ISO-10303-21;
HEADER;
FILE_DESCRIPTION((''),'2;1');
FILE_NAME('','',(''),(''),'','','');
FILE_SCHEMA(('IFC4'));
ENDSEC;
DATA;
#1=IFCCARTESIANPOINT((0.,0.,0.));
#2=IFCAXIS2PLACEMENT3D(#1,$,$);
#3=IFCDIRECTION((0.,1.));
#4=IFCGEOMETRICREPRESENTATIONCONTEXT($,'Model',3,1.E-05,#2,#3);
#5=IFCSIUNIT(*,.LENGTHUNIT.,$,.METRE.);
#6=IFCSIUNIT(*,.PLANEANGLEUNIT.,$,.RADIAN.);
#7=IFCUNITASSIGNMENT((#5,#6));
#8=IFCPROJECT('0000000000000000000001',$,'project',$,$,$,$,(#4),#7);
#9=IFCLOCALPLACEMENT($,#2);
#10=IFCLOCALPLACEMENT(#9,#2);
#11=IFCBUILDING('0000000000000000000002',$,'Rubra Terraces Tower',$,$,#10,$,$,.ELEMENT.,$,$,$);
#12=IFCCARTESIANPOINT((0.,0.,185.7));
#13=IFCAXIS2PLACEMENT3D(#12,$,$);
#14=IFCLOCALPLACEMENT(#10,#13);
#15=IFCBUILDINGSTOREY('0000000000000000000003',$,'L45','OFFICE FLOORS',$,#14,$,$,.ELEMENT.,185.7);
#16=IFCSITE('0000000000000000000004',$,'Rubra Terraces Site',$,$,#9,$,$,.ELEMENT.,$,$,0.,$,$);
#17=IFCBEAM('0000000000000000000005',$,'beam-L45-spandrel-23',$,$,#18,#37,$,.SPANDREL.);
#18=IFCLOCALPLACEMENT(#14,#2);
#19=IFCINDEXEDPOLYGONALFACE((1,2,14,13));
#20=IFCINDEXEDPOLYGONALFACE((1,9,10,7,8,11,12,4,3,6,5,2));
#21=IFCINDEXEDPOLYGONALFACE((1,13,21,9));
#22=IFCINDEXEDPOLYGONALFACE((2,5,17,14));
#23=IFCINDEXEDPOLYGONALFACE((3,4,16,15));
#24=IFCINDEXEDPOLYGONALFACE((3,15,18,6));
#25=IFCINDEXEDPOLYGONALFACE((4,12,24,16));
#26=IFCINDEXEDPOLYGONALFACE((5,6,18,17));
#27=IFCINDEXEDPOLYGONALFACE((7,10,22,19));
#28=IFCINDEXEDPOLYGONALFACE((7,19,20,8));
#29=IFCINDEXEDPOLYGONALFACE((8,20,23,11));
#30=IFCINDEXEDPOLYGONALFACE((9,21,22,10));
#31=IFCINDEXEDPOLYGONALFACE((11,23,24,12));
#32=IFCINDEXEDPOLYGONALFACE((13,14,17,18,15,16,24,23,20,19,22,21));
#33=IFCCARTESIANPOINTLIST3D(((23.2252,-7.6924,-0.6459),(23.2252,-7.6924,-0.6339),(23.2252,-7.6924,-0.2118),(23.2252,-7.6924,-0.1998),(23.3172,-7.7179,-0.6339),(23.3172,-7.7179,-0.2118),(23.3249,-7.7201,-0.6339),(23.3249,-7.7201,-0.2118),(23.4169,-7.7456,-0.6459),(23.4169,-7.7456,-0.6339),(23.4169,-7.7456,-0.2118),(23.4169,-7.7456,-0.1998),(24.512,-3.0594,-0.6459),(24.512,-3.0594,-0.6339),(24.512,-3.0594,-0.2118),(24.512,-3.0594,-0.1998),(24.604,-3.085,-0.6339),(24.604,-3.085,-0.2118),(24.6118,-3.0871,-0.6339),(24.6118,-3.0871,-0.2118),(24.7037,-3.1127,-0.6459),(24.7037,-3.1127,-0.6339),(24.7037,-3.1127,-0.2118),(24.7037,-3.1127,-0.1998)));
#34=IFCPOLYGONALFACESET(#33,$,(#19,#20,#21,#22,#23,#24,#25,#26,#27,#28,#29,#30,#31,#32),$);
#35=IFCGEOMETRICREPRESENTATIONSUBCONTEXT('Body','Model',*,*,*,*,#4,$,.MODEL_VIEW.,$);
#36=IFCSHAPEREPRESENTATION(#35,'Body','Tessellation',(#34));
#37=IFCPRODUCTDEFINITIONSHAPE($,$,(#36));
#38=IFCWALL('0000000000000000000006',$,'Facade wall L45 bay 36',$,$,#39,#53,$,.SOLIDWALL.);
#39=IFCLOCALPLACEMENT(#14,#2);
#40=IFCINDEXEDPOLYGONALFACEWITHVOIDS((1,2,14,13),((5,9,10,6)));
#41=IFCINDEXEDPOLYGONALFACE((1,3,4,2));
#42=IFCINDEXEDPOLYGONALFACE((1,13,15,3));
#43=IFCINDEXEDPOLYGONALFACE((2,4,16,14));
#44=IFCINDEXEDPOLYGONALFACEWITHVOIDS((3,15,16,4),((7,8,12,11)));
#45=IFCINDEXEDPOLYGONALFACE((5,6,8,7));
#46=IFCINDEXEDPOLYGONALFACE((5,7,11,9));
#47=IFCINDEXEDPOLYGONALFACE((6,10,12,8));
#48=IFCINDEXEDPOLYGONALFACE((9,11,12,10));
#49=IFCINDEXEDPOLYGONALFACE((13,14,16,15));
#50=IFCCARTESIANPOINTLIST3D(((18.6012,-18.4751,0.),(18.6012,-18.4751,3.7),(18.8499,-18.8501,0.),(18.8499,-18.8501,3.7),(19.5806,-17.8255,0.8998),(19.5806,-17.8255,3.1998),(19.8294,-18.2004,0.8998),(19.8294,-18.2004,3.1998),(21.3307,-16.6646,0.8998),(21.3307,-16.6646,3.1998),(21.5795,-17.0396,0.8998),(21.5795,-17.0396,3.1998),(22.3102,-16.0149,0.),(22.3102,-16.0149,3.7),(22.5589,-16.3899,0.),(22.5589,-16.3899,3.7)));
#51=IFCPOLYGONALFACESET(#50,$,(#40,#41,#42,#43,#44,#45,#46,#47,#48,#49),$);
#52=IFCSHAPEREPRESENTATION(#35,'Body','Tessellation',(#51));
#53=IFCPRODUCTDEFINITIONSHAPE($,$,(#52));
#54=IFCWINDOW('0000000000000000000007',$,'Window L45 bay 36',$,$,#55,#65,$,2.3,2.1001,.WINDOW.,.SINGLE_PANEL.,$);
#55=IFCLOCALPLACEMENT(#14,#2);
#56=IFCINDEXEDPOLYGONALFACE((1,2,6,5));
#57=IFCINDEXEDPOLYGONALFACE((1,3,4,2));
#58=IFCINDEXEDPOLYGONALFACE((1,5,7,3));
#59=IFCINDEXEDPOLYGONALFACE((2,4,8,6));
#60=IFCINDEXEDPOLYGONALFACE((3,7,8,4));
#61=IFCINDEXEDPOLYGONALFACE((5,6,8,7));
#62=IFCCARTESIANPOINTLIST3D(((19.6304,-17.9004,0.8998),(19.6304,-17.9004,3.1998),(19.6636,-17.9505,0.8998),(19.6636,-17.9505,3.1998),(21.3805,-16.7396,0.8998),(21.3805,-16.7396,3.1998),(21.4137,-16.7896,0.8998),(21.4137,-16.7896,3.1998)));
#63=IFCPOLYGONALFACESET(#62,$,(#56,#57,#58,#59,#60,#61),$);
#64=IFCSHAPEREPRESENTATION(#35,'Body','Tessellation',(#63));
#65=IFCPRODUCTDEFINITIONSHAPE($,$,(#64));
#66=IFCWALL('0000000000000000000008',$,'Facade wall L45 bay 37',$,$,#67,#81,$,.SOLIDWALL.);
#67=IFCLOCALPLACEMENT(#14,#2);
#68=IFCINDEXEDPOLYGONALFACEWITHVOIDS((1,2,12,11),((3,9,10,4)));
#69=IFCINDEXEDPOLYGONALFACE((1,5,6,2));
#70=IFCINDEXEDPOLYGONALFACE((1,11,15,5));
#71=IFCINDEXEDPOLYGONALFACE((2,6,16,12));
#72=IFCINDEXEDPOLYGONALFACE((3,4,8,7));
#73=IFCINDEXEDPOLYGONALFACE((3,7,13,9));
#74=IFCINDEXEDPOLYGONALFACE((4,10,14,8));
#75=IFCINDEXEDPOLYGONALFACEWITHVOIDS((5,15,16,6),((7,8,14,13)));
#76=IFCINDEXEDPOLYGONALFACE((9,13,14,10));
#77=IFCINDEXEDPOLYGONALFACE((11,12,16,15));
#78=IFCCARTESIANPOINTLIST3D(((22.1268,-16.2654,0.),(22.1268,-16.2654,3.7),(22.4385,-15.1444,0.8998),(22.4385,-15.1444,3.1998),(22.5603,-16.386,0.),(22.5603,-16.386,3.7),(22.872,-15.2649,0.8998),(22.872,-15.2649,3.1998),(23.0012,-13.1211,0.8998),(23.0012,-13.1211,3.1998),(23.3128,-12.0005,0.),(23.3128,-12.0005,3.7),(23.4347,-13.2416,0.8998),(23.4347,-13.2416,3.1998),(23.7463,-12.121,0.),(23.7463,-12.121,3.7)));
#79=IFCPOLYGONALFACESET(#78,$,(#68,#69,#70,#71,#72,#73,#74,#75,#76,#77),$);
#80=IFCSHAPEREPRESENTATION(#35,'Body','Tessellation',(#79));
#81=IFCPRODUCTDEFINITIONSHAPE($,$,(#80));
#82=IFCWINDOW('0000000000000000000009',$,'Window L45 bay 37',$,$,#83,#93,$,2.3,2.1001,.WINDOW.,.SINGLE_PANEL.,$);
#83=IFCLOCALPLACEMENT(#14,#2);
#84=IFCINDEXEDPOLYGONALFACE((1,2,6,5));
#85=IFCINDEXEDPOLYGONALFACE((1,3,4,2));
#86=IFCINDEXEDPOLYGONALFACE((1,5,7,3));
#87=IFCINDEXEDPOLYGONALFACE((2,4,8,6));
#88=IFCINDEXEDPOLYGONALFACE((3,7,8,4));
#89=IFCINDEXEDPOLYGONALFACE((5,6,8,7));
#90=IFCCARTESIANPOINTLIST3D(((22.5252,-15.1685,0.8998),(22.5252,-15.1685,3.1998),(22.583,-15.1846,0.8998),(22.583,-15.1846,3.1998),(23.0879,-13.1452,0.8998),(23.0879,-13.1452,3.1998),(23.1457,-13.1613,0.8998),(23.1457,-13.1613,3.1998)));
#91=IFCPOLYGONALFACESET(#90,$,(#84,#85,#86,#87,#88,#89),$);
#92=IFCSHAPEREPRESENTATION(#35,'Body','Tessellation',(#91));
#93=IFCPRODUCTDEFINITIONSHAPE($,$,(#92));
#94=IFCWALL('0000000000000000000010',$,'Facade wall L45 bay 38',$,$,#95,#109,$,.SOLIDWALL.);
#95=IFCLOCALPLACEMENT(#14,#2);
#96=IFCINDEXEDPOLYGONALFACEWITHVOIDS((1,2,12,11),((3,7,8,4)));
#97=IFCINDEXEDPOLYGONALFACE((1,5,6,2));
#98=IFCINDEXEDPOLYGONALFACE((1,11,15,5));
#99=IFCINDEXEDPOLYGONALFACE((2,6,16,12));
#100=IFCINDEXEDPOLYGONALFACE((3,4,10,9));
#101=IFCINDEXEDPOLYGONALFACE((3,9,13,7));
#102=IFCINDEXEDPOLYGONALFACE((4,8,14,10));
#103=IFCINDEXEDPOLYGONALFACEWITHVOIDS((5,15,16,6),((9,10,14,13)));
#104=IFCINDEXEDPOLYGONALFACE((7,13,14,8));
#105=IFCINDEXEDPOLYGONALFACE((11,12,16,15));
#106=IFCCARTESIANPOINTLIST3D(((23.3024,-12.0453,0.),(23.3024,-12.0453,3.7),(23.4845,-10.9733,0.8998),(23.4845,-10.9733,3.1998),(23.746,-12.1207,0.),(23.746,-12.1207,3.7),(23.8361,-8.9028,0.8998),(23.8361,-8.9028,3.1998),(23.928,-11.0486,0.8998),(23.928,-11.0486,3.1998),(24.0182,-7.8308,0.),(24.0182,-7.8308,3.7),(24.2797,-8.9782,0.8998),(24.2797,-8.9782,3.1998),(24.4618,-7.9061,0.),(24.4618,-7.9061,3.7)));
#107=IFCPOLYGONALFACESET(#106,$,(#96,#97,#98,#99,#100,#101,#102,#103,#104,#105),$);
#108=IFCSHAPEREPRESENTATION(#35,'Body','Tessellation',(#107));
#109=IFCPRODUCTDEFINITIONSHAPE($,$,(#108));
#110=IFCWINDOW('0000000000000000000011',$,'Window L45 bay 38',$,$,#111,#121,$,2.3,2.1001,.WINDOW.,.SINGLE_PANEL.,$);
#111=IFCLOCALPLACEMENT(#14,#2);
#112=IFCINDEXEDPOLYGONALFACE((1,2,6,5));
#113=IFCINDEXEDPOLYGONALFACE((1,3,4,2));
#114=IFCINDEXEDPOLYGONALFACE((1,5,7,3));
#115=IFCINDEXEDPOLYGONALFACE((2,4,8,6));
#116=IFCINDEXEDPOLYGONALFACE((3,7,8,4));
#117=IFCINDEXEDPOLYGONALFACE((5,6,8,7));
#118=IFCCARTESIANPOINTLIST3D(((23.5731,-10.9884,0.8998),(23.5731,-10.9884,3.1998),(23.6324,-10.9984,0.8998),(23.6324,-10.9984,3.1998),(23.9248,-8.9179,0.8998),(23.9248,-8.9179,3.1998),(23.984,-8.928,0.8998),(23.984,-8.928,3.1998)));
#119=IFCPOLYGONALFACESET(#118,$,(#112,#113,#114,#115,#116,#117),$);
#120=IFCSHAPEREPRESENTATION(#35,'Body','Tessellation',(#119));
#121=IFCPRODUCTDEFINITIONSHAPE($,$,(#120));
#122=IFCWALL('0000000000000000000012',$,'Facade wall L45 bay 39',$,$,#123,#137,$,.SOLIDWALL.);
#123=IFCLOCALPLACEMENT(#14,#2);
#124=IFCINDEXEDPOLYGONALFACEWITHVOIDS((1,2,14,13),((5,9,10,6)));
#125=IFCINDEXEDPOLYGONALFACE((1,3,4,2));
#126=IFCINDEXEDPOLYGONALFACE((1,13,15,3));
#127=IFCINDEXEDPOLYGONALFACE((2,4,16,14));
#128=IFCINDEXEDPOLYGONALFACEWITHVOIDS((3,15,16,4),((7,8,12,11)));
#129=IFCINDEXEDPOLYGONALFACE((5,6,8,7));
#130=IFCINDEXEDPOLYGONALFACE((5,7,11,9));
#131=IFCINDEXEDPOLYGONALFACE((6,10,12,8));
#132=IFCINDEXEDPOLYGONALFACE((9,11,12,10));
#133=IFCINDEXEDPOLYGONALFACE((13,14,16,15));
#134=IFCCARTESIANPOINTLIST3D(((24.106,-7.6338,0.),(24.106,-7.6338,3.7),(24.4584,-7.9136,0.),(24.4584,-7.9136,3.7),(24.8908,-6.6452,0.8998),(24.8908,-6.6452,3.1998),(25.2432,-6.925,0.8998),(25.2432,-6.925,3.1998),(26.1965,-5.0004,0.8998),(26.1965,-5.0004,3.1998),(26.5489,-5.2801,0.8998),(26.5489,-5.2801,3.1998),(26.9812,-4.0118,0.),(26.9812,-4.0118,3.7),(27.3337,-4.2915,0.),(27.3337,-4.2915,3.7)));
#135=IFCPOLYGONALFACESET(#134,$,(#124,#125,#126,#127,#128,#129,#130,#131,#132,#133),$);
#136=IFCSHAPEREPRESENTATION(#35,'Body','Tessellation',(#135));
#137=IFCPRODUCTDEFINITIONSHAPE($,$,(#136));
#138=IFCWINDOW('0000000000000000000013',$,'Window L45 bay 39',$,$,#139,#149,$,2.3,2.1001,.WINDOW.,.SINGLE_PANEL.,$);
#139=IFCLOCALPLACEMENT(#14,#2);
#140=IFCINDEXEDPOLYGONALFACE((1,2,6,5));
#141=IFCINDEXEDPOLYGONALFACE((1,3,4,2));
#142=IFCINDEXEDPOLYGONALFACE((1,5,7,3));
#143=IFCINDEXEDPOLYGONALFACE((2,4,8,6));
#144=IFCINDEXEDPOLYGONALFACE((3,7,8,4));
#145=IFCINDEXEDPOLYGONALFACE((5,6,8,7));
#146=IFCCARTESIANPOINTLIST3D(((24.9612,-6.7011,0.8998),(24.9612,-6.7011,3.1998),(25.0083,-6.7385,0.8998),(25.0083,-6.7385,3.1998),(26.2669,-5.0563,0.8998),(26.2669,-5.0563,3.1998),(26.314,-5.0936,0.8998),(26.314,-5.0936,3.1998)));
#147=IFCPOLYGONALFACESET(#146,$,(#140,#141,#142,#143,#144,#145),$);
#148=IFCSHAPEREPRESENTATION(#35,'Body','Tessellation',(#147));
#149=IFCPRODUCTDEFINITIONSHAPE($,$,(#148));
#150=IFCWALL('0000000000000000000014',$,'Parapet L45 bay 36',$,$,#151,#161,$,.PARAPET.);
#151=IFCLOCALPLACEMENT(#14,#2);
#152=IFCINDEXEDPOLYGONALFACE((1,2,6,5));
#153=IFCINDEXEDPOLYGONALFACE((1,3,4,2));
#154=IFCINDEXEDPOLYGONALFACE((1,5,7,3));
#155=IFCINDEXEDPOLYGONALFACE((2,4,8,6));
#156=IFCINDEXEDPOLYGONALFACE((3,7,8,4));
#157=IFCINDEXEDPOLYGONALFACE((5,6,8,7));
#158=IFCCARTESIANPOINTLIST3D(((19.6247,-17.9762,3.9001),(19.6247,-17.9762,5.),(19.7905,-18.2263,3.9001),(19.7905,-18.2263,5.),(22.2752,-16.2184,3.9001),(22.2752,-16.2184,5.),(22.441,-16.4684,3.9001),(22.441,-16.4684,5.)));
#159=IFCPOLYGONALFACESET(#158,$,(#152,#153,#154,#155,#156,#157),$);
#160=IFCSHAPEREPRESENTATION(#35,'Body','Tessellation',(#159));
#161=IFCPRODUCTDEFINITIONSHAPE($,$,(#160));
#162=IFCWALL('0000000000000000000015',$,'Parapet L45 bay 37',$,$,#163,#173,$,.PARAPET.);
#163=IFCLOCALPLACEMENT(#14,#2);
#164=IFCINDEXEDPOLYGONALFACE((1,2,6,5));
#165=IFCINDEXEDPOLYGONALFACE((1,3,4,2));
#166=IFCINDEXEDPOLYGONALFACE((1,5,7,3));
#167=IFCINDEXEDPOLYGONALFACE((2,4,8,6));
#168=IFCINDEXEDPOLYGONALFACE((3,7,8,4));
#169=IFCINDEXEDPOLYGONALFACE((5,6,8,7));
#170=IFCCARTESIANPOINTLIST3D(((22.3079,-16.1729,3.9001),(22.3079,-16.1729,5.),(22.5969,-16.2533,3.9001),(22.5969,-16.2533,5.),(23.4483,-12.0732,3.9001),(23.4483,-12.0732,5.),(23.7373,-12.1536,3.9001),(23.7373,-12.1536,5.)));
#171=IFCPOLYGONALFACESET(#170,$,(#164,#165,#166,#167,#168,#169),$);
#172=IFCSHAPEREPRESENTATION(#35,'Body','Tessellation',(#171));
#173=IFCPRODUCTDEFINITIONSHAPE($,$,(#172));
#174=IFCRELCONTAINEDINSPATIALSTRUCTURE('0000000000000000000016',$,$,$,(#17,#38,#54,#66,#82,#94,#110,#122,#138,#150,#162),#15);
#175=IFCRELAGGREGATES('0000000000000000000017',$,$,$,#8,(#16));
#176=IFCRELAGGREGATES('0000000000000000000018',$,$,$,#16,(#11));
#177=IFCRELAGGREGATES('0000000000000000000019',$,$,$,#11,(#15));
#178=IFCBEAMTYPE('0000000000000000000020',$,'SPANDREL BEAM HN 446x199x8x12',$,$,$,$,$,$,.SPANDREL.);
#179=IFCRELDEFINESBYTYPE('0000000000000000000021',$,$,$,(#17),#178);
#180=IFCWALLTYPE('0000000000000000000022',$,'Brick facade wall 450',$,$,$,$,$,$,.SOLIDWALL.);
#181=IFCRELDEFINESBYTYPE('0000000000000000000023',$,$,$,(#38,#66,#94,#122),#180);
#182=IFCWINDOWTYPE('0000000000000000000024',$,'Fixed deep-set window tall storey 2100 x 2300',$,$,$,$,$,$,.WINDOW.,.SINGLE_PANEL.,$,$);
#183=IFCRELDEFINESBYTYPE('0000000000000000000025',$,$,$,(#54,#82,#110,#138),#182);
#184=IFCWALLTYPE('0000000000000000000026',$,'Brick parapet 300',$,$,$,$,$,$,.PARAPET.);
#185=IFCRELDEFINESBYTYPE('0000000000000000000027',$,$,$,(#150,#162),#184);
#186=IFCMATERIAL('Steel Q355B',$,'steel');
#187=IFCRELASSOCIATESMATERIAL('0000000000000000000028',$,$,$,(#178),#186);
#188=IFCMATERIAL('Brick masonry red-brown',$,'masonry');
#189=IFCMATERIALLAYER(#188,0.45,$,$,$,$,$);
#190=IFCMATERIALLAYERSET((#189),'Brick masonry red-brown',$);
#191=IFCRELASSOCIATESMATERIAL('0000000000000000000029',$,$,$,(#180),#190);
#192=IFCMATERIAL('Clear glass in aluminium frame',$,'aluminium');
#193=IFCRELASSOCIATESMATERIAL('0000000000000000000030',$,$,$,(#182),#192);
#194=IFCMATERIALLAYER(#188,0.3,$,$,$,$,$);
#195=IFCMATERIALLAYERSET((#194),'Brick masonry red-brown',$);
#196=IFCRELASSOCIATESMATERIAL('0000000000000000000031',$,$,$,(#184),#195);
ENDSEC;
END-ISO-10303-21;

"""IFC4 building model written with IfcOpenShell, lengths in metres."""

from ifc_helpers import new_model, si_unit, direction, frame, frame_2d, origin, origin_2d, place, context, subcontext, project, spatial, rectangle, i_section, extrude, material, layer, layer_set, material_profile, profile_set, type_object, element, fill, save


model = new_model("IFC4")

# Units and contexts
model_context = context("Model", 3, precision=1e-05, world=origin(), true_north=direction((0.0, 1.0)))
body_context = subcontext(model_context, "Body", "Model", "MODEL_VIEW")
ifc_project = project(units=[si_unit("LENGTHUNIT", "METRE"), si_unit("PLANEANGLEUNIT", "RADIAN")], contexts=[model_context])

# Site, building, storey
site_placement = place(None, origin())
site = spatial("IfcSite", under=ifc_project, at=site_placement, Name="Rubra Terraces Site", CompositionType="ELEMENT", RefElevation=0.0)
building_placement = place(site_placement, origin())
building = spatial("IfcBuilding", under=site, at=building_placement, Name="Rubra Terraces Tower", CompositionType="ELEMENT")
storey_placement = place(building_placement, frame((0.0, 0.0, 185.7)))
storey = spatial("IfcBuildingStorey", under=building, at=storey_placement, Name="L45", Description="OFFICE FLOORS", CompositionType="ELEMENT", Elevation=185.7)

# Beam
ifc_material_1 = material(Name="Steel Q355B", Category="steel")
ifc_material_profile_1 = material_profile(ifc_material_1, i_section(OverallWidth=0.199, OverallDepth=0.446, WebThickness=0.0081, FlangeThickness=0.012, at=origin_2d()), Name="HN 446x199x8x12")
ifc_profile_set_1 = profile_set([ifc_material_profile_1], Name="Steel Q355B")
beam_type_1 = type_object("IfcBeamType", Name="SPANDREL BEAM HN 446x199x8x12", PredefinedType="SPANDREL", material=ifc_profile_set_1)
beam_1_placement = place(storey_placement, frame((23.321, -7.719, -0.4229), z_axis=(0.267626, 0.963523, 0.0), x_axis=(-0.963523, 0.267626, 0.0)))
element("IfcBeam", 1, at=beam_1_placement, inside=storey, type_object=beam_type_1, Name="beam-L45-spandrel-23", PredefinedType="SPANDREL", context=body_context, shape_type="SweptSolid", body=[
    extrude(i_section(OverallWidth=0.199, OverallDepth=0.446, WebThickness=0.0081, FlangeThickness=0.012, at=origin_2d()), origin(), (0.0, 0.0, 1.0), 4.8083),
])

# Walls, openings, windows
ifc_material_2 = material(Name="Brick masonry red-brown", Category="masonry")
ifc_layer_1 = layer(ifc_material_2, 0.45)
ifc_layer_set_1 = layer_set([ifc_layer_1], Name="Brick masonry red-brown")
wall_type_1 = type_object("IfcWallType", Name="Brick facade wall 450", PredefinedType="SOLIDWALL", material=ifc_layer_set_1)
wall_1_placement = place(storey_placement, frame((18.7256, -18.6626, 0.0), z_axis=(0.0, 0.0, 1.0), x_axis=(0.833339, 0.552762, 0.0)))
wall_1 = element("IfcWall", 2, at=wall_1_placement, inside=storey, type_object=wall_type_1, Name="Facade wall L45 bay 36", PredefinedType="SOLIDWALL", context=body_context, shape_type="SweptSolid", body=[
    extrude(rectangle(XDim=4.4507, YDim=0.45, at=frame_2d((2.2253, 0.0))), origin(), (0.0, 0.0, 1.0), 3.7),
])
opening_1_placement = place(wall_1_placement, frame((1.1753, 0.0, 0.8999)))
opening_1 = element("IfcOpeningElement", 3, at=opening_1_placement, cuts=wall_1, PredefinedType="OPENING", context=body_context, shape_type="SweptSolid", body=[
    extrude(rectangle(XDim=2.1001, YDim=2.3, at=frame_2d((1.05, 1.1499))), frame((0.0, 0.2349, 0.0), z_axis=(0.0, -1.0, 0.0), x_axis=(1.0, 0.0, 0.0)), (0.0, 0.0, 1.0), 0.47),
])
ifc_material_3 = material(Name="Clear glass in aluminium frame", Category="aluminium")
window_type = type_object("IfcWindowType", Name="Fixed deep-set window tall storey 2100 x 2300", PartitioningType="SINGLE_PANEL", PredefinedType="WINDOW", material=ifc_material_3)
window_1_placement = place(opening_1_placement, origin())
window_1 = element("IfcWindow", 4, at=window_1_placement, inside=storey, type_object=window_type, Name="Window L45 bay 36", OverallHeight=2.3, OverallWidth=2.1001, PartitioningType="SINGLE_PANEL", PredefinedType="WINDOW", context=body_context, shape_type="SweptSolid", body=[
    extrude(rectangle(XDim=2.1001, YDim=2.3, at=frame_2d((1.05, 1.1499))), frame((0.0, 0.135, 0.0), z_axis=(0.0, -1.0, 0.0), x_axis=(1.0, 0.0, 0.0)), (0.0, 0.0, 1.0), 0.0601),
])
fill(opening_1, window_1)
wall_2_placement = place(storey_placement, frame((22.3435, -16.3257, 0.0), z_axis=(0.0, 0.0, 1.0), x_axis=(0.267925, 0.96344, 0.0)))
wall_2 = element("IfcWall", 5, at=wall_2_placement, inside=storey, type_object=wall_type_1, Name="Facade wall L45 bay 37", PredefinedType="SOLIDWALL", context=body_context, shape_type="SweptSolid", body=[
    extrude(rectangle(XDim=4.4268, YDim=0.45, at=frame_2d((2.2134, 0.0))), origin(), (0.0, 0.0, 1.0), 3.7),
])
opening_2_placement = place(wall_2_placement, frame((1.1636, 0.0, 0.8999)))
opening_2 = element("IfcOpeningElement", 6, at=opening_2_placement, cuts=wall_2, PredefinedType="OPENING", context=body_context, shape_type="SweptSolid", body=[
    extrude(rectangle(XDim=2.1001, YDim=2.3, at=frame_2d((1.05, 1.1499))), frame((0.0, 0.2349, 0.0), z_axis=(0.0, -1.0, 0.0), x_axis=(1.0, 0.0, 0.0)), (0.0, 0.0, 1.0), 0.47),
])
window_2_placement = place(opening_2_placement, origin())
window_2 = element("IfcWindow", 7, at=window_2_placement, inside=storey, type_object=window_type, Name="Window L45 bay 37", OverallHeight=2.3, OverallWidth=2.1001, PartitioningType="SINGLE_PANEL", PredefinedType="WINDOW", context=body_context, shape_type="SweptSolid", body=[
    extrude(rectangle(XDim=2.1001, YDim=2.3, at=frame_2d((1.05, 1.1499))), frame((0.0, 0.135, 0.0), z_axis=(0.0, -1.0, 0.0), x_axis=(1.0, 0.0, 0.0)), (0.0, 0.0, 1.0), 0.0601),
])
fill(opening_2, window_2)
wall_3_placement = place(storey_placement, frame((23.5242, -12.083, 0.0), z_axis=(0.0, 0.0, 1.0), x_axis=(0.167445, 0.985881, 0.0)))
wall_3 = element("IfcWall", 8, at=wall_3_placement, inside=storey, type_object=wall_type_1, Name="Facade wall L45 bay 38", PredefinedType="SOLIDWALL", context=body_context, shape_type="SweptSolid", body=[
    extrude(rectangle(XDim=4.2749, YDim=0.45, at=frame_2d((2.1375, 0.0))), origin(), (0.0, 0.0, 1.0), 3.7),
])
opening_3_placement = place(wall_3_placement, frame((1.0874, 0.0, 0.8999)))
opening_3 = element("IfcOpeningElement", 9, at=opening_3_placement, cuts=wall_3, PredefinedType="OPENING", context=body_context, shape_type="SweptSolid", body=[
    extrude(rectangle(XDim=2.1001, YDim=2.3, at=frame_2d((1.05, 1.1499))), frame((0.0, 0.2349, 0.0), z_axis=(0.0, -1.0, 0.0), x_axis=(1.0, 0.0, 0.0)), (0.0, 0.0, 1.0), 0.47),
])
window_3_placement = place(opening_3_placement, origin())
window_3 = element("IfcWindow", 10, at=window_3_placement, inside=storey, type_object=window_type, Name="Window L45 bay 38", OverallHeight=2.3, OverallWidth=2.1001, PartitioningType="SINGLE_PANEL", PredefinedType="WINDOW", context=body_context, shape_type="SweptSolid", body=[
    extrude(rectangle(XDim=2.1001, YDim=2.3, at=frame_2d((1.05, 1.1499))), frame((0.0, 0.135, 0.0), z_axis=(0.0, -1.0, 0.0), x_axis=(1.0, 0.0, 0.0)), (0.0, 0.0, 1.0), 0.0601),
])
fill(opening_3, window_3)
wall_4_placement = place(storey_placement, frame((24.2822, -7.7737, 0.0), z_axis=(0.0, 0.0, 1.0), x_axis=(0.621735, 0.783227, 0.0)))
wall_4 = element("IfcWall", 11, at=wall_4_placement, inside=storey, type_object=wall_type_1, Name="Facade wall L45 bay 39", PredefinedType="SOLIDWALL", context=body_context, shape_type="SweptSolid", body=[
    extrude(rectangle(XDim=4.6245, YDim=0.45, at=frame_2d((2.3123, 0.0))), origin(), (0.0, 0.0, 1.0), 3.7),
])
opening_4_placement = place(wall_4_placement, frame((1.2622, 0.0, 0.8999)))
opening_4 = element("IfcOpeningElement", 12, at=opening_4_placement, cuts=wall_4, PredefinedType="OPENING", context=body_context, shape_type="SweptSolid", body=[
    extrude(rectangle(XDim=2.1001, YDim=2.3, at=frame_2d((1.05, 1.1499))), frame((0.0, 0.2349, 0.0), z_axis=(0.0, -1.0, 0.0), x_axis=(1.0, 0.0, 0.0)), (0.0, 0.0, 1.0), 0.47),
])
window_4_placement = place(opening_4_placement, origin())
window_4 = element("IfcWindow", 13, at=window_4_placement, inside=storey, type_object=window_type, Name="Window L45 bay 39", OverallHeight=2.3, OverallWidth=2.1001, PartitioningType="SINGLE_PANEL", PredefinedType="WINDOW", context=body_context, shape_type="SweptSolid", body=[
    extrude(rectangle(XDim=2.1001, YDim=2.3, at=frame_2d((1.05, 1.1499))), frame((0.0, 0.135, 0.0), z_axis=(0.0, -1.0, 0.0), x_axis=(1.0, 0.0, 0.0)), (0.0, 0.0, 1.0), 0.0601),
])
fill(opening_4, window_4)

# Walls
ifc_layer_2 = layer(ifc_material_2, 0.3)
ifc_layer_set_2 = layer_set([ifc_layer_2], Name="Brick masonry red-brown")
wall_type_2 = type_object("IfcWallType", Name="Brick parapet 300", PredefinedType="PARAPET", material=ifc_layer_set_2)
wall_5_placement = place(storey_placement, frame((19.7075, -18.1013, 3.9001), z_axis=(0.0, 0.0, 1.0), x_axis=(0.833371, 0.552715, 0.0)))
element("IfcWall", 14, at=wall_5_placement, inside=storey, type_object=wall_type_2, Name="Parapet L45 bay 36", PredefinedType="PARAPET", context=body_context, shape_type="SweptSolid", body=[
    extrude(rectangle(XDim=3.1804, YDim=0.3, at=frame_2d((1.5903, 0.0))), origin(), (0.0, 0.0, 1.0), 1.0999),
])
wall_6_placement = place(storey_placement, frame((22.4524, -16.2131, 3.9001), z_axis=(0.0, 0.0, 1.0), x_axis=(0.267993, 0.963421, 0.0)))
element("IfcWall", 15, at=wall_6_placement, inside=storey, type_object=wall_type_2, Name="Parapet L45 bay 37", PredefinedType="PARAPET", context=body_context, shape_type="SweptSolid", body=[
    extrude(rectangle(XDim=4.2554, YDim=0.3, at=frame_2d((2.1277, 0.0))), origin(), (0.0, 0.0, 1.0), 1.0999),
])

save(model, "model.ifc")
